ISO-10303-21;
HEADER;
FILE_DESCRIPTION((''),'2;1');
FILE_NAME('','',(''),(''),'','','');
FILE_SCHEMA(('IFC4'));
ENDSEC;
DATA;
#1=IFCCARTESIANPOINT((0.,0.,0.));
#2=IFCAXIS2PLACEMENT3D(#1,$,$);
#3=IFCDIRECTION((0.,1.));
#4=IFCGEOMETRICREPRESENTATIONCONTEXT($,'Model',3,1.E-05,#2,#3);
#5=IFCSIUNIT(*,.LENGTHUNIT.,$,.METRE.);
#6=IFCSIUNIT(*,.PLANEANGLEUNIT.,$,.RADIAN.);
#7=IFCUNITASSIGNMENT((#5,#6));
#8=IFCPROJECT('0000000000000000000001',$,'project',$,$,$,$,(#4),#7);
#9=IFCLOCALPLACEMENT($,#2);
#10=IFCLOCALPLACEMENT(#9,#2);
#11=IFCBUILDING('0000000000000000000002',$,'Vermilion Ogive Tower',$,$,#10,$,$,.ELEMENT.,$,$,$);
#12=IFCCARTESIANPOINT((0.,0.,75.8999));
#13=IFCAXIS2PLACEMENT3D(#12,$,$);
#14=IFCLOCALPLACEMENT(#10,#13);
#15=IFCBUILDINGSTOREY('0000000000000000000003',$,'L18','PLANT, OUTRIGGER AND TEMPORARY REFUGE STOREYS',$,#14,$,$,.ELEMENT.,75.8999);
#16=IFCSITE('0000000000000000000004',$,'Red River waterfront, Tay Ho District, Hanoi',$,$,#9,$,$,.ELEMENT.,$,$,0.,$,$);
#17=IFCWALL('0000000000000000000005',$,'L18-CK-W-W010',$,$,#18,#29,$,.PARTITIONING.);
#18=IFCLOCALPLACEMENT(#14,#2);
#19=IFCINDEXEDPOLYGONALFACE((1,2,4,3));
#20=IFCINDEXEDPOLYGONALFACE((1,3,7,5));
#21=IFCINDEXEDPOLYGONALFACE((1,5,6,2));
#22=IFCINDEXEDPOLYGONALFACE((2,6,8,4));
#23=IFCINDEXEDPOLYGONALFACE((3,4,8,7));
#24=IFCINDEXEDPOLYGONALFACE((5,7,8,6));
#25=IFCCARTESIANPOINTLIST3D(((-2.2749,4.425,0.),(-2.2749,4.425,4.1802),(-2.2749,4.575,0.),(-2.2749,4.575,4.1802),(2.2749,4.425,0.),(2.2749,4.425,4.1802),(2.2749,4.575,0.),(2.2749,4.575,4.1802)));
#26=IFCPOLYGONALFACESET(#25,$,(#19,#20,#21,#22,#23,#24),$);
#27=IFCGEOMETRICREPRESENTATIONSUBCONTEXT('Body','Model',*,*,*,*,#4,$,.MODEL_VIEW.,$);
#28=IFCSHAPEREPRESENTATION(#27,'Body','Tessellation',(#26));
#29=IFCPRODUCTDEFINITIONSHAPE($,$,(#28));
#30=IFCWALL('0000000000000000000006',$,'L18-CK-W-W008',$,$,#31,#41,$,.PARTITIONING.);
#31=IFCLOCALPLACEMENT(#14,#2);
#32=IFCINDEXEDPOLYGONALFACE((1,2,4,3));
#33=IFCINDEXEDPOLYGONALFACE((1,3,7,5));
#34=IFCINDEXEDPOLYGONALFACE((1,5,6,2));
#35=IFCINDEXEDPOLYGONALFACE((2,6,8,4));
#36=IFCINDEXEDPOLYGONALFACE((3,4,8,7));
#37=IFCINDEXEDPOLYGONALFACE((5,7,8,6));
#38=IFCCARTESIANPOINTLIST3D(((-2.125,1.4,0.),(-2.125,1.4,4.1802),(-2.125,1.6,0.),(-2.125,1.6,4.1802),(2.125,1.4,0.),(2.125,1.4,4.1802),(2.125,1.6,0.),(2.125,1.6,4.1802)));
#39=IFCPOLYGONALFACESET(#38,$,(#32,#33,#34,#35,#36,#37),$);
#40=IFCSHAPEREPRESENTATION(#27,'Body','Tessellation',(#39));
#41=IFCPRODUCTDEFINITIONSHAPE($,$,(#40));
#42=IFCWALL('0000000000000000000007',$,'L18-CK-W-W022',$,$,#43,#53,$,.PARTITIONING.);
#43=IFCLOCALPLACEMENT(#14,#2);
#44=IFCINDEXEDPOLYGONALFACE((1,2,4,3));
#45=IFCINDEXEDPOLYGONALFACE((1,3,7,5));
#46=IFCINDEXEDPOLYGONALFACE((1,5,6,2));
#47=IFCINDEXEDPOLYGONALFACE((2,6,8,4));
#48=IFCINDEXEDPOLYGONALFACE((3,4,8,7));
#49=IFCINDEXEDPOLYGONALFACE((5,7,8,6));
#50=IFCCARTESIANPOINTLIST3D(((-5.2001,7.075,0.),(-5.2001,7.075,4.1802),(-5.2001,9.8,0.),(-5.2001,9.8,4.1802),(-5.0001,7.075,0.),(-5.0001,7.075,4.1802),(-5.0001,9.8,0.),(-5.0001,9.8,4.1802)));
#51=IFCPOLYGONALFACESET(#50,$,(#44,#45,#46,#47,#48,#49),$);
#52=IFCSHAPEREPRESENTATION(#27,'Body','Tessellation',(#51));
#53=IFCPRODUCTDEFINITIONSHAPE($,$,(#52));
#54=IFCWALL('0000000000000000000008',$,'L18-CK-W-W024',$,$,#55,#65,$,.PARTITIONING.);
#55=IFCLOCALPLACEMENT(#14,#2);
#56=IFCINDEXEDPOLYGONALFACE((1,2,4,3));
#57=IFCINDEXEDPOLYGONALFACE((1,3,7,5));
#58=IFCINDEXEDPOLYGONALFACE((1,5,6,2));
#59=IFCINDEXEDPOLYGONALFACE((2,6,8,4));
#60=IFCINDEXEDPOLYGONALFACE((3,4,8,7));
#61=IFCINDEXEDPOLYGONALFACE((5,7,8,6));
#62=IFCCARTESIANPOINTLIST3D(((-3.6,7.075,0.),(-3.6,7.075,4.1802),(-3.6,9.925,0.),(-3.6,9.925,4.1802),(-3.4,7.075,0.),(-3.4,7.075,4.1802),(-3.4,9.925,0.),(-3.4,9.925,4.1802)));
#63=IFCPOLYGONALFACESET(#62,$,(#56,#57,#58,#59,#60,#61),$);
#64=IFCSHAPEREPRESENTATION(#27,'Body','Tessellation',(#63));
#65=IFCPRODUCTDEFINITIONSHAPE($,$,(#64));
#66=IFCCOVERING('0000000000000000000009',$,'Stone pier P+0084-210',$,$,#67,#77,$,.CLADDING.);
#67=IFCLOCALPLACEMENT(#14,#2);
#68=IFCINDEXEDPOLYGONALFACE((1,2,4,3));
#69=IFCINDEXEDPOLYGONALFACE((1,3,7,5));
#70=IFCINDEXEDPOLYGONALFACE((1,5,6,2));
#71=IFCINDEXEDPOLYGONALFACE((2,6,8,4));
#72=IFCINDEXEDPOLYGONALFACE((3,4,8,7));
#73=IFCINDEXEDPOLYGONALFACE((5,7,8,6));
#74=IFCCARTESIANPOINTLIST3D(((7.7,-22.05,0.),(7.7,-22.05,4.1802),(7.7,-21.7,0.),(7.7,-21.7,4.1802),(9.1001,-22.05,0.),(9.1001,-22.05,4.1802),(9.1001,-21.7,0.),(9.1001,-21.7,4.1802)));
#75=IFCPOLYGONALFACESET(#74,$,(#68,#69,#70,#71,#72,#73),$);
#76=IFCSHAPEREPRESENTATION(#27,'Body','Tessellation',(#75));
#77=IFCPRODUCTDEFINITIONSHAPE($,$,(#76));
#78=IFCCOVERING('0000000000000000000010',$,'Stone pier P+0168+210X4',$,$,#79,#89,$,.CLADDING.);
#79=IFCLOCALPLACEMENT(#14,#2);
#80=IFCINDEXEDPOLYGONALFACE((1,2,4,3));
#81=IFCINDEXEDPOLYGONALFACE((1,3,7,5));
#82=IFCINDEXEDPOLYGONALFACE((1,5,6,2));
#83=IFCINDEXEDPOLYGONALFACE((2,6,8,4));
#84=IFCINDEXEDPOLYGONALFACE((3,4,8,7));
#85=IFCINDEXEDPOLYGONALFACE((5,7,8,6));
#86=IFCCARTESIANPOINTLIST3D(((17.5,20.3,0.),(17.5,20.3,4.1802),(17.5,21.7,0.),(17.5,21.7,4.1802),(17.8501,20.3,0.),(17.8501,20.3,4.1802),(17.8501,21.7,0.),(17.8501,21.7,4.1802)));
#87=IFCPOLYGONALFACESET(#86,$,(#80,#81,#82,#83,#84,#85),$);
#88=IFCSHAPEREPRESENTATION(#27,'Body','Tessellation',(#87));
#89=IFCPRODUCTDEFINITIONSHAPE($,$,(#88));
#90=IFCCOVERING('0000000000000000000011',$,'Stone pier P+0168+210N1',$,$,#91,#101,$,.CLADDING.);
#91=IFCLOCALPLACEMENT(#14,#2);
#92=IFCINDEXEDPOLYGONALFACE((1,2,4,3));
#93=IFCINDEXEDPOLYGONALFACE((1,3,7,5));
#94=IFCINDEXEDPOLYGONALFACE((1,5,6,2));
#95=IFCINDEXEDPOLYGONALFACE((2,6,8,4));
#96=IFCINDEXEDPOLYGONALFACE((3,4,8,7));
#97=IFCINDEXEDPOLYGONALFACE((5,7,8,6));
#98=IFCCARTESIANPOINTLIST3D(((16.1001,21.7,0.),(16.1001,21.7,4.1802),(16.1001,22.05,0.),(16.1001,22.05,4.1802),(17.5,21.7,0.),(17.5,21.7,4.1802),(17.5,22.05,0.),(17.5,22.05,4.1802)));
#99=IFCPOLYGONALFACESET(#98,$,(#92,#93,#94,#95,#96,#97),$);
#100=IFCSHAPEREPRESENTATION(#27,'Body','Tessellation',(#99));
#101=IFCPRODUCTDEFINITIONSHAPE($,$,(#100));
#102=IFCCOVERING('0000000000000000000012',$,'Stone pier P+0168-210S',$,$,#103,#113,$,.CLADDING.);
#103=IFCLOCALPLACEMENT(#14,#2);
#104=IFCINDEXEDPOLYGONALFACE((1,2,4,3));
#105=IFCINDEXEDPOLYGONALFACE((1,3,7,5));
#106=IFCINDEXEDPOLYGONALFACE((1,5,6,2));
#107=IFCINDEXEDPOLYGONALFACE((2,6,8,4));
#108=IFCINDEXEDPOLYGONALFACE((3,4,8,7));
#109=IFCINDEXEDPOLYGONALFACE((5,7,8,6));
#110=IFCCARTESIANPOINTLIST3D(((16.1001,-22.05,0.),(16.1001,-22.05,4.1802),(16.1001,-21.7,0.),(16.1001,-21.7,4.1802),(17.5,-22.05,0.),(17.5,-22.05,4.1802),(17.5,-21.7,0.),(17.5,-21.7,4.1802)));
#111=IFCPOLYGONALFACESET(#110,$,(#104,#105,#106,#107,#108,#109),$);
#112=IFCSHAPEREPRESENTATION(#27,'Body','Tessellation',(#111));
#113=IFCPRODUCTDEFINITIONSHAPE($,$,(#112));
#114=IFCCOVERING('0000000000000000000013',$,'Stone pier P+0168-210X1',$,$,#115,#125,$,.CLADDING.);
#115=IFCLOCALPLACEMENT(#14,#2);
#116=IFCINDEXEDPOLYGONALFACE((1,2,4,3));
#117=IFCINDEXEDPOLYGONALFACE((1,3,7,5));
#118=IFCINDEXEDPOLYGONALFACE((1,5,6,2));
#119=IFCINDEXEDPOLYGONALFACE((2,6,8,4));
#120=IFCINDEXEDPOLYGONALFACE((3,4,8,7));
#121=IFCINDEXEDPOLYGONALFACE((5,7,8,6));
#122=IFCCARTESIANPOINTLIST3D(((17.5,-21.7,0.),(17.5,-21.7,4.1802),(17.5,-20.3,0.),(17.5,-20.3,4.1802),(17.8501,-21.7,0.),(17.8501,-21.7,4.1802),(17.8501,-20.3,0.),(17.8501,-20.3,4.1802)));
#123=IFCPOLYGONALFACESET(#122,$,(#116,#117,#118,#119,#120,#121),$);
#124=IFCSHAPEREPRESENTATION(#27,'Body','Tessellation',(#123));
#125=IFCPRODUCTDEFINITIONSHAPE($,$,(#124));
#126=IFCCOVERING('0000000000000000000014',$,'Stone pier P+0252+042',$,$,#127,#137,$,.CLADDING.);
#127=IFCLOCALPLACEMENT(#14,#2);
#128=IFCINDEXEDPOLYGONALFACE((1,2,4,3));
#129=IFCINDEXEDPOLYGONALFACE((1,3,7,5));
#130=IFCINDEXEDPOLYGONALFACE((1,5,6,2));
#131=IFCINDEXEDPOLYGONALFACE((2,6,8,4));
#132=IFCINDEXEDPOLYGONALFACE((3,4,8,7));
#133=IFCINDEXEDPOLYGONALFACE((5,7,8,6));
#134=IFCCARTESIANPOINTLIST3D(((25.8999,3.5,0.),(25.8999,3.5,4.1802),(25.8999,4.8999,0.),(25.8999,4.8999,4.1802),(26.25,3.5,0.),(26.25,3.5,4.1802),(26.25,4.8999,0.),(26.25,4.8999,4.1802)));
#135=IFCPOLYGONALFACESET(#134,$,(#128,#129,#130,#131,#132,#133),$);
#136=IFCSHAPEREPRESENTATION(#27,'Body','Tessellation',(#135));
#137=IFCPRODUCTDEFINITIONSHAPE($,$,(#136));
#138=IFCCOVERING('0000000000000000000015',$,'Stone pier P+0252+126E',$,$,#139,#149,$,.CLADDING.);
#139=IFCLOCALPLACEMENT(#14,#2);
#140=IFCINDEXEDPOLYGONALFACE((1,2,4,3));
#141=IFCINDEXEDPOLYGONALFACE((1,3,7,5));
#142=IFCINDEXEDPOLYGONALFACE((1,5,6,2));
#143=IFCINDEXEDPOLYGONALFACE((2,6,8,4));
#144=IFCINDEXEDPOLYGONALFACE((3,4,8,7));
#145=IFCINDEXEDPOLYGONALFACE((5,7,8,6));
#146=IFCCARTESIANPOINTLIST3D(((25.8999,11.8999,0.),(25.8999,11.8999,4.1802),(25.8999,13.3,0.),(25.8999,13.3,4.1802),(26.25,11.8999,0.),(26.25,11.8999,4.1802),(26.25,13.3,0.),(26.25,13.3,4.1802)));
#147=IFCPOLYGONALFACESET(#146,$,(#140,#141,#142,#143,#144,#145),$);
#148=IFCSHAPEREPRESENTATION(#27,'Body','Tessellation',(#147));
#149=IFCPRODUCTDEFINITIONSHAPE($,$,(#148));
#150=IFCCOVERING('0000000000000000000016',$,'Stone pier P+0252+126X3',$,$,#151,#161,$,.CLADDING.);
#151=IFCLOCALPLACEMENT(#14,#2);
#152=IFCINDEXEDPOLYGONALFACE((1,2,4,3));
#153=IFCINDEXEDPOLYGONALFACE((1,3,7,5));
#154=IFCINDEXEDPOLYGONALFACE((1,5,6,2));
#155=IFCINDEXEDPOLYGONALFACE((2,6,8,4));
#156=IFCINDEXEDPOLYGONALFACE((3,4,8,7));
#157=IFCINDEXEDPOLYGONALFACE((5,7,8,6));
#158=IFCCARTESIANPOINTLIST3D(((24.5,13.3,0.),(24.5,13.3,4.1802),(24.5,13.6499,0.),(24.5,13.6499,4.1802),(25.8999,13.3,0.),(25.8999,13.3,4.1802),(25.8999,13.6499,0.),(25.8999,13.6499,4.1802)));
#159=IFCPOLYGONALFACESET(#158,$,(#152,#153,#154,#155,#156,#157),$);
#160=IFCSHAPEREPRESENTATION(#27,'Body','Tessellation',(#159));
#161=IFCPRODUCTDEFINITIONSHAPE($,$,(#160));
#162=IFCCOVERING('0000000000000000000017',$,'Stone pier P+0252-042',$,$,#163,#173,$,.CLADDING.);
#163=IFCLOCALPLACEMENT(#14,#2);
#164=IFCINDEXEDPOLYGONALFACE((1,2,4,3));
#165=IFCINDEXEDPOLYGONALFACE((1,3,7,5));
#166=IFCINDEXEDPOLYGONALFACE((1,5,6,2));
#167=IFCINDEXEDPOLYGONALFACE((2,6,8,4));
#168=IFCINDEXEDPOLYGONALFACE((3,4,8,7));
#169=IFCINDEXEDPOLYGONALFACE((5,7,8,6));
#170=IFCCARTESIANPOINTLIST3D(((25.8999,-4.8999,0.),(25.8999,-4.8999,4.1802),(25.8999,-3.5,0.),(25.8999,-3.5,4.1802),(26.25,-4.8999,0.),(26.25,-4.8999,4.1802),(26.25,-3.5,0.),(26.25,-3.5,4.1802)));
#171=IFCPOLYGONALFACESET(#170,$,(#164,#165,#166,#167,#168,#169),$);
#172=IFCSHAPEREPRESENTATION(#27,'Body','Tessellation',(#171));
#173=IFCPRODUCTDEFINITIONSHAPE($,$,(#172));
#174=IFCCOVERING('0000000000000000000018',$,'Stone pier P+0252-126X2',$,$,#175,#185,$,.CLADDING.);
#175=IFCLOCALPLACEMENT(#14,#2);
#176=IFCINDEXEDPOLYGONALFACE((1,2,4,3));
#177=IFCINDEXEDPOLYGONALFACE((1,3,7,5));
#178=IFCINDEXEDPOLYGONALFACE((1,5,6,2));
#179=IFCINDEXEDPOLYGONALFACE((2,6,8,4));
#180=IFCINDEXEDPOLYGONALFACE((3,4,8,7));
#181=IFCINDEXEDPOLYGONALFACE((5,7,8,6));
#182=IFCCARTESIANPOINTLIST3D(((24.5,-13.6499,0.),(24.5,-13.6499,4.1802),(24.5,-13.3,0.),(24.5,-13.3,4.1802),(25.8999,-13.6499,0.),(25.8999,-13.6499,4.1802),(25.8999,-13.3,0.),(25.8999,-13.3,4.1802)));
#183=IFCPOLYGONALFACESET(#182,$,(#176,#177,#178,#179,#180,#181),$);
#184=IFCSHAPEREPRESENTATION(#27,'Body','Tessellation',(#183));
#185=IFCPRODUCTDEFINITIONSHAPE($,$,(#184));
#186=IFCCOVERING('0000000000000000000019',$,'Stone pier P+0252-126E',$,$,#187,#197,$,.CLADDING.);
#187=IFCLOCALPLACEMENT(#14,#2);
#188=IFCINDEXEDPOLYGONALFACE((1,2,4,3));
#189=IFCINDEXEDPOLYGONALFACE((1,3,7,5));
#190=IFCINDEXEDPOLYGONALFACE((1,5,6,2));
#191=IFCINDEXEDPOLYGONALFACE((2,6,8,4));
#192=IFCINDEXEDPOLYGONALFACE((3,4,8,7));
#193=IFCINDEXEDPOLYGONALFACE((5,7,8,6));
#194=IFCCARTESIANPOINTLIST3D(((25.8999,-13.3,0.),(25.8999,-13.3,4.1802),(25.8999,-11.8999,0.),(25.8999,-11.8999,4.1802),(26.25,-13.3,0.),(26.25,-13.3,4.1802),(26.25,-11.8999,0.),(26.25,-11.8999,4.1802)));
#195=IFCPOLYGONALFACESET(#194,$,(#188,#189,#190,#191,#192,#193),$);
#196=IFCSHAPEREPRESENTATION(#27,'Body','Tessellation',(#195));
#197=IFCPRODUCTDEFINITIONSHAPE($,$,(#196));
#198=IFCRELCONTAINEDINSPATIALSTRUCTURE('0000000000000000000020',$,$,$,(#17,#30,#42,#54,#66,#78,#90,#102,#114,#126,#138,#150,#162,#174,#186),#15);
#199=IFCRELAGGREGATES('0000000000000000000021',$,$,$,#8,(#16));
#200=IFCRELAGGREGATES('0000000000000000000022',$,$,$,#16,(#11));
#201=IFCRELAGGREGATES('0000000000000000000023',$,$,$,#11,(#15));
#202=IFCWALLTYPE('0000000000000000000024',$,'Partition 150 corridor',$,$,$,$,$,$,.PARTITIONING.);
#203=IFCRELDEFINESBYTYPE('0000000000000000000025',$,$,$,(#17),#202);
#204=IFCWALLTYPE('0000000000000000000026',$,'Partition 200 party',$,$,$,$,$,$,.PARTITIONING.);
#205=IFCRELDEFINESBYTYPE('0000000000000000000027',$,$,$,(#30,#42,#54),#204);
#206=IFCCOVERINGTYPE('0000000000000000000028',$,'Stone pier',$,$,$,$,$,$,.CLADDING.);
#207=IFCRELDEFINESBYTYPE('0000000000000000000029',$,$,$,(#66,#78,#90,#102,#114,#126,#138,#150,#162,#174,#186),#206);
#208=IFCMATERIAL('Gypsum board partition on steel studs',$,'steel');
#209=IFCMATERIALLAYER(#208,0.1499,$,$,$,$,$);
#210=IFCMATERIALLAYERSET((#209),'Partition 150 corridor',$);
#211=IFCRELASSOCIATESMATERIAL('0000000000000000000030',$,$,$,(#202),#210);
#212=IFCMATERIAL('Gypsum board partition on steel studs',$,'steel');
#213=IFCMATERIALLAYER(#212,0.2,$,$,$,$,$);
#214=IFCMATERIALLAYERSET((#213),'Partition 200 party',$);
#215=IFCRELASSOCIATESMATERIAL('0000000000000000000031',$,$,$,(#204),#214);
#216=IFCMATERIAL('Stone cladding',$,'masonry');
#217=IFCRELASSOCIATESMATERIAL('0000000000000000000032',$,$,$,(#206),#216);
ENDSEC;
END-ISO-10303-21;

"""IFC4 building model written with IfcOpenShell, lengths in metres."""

from ifc_helpers import new_model, si_unit, direction, frame, frame_2d, origin, place, context, subcontext, project, spatial, polyline, rectangle, outline, extrude, material, layer, layer_set, type_object, element, save


model = new_model("IFC4")

# Units and contexts
model_context = context("Model", 3, precision=1e-05, world=origin(), true_north=direction((0.0, 1.0)))
body_context = subcontext(model_context, "Body", "Model", "MODEL_VIEW")
ifc_project = project(units=[si_unit("LENGTHUNIT", "METRE"), si_unit("PLANEANGLEUNIT", "RADIAN")], contexts=[model_context])

# Site, building, storey
site_placement = place(None, origin())
site = spatial("IfcSite", under=ifc_project, at=site_placement, Name="Red River waterfront, Tay Ho District, Hanoi", CompositionType="ELEMENT", RefElevation=0.0)
building_placement = place(site_placement, origin())
building = spatial("IfcBuilding", under=site, at=building_placement, Name="Vermilion Ogive Tower", CompositionType="ELEMENT")
storey_placement = place(building_placement, frame((0.0, 0.0, 75.8999)))
storey = spatial("IfcBuildingStorey", under=building, at=storey_placement, Name="L18", Description="PLANT, OUTRIGGER AND TEMPORARY REFUGE STOREYS", CompositionType="ELEMENT", Elevation=75.8999)

# Walls
ifc_material_1 = material(Name="Gypsum board partition on steel studs", Category="steel")
ifc_layer_1 = layer(ifc_material_1, 0.1499)
ifc_layer_set_1 = layer_set([ifc_layer_1], Name="Partition 150 corridor")
wall_type_1 = type_object("IfcWallType", Name="Partition 150 corridor", PredefinedType="PARTITIONING", material=ifc_layer_set_1)
wall_1_placement = place(storey_placement, frame((-2.2749, 4.5, 0.0), z_axis=(0.0, 0.0, 1.0), x_axis=(1.0, 0.0, 0.0)))
element("IfcWall", 1, at=wall_1_placement, inside=storey, type_object=wall_type_1, Name="L18-CK-W-W010", PredefinedType="PARTITIONING", context=body_context, shape_type="SweptSolid", body=[
    extrude(rectangle(XDim=4.5498, YDim=0.1499, at=frame_2d((2.2749, 0.0))), origin(), (0.0, 0.0, 1.0), 4.1802),
])
ifc_material_2 = material(Name="Gypsum board partition on steel studs", Category="steel")
ifc_layer_2 = layer(ifc_material_2, 0.2)
ifc_layer_set_2 = layer_set([ifc_layer_2], Name="Partition 200 party")
wall_type_2 = type_object("IfcWallType", Name="Partition 200 party", PredefinedType="PARTITIONING", material=ifc_layer_set_2)
wall_2_placement = place(storey_placement, frame((-2.125, 1.5, 0.0), z_axis=(0.0, 0.0, 1.0), x_axis=(1.0, 0.0, 0.0)))
element("IfcWall", 2, at=wall_2_placement, inside=storey, type_object=wall_type_2, Name="L18-CK-W-W008", PredefinedType="PARTITIONING", context=body_context, shape_type="SweptSolid", body=[
    extrude(rectangle(XDim=4.25, YDim=0.2, at=frame_2d((2.125, 0.0))), origin(), (0.0, 0.0, 1.0), 4.1802),
])
wall_3_placement = place(storey_placement, frame((-5.1001, 7.075, 0.0), z_axis=(0.0, 0.0, 1.0), x_axis=(0.0, 1.0, 0.0)))
element("IfcWall", 3, at=wall_3_placement, inside=storey, type_object=wall_type_2, Name="L18-CK-W-W022", PredefinedType="PARTITIONING", context=body_context, shape_type="SweptSolid", body=[
    extrude(rectangle(XDim=2.7251, YDim=0.2, at=frame_2d((1.3625, 0.0))), origin(), (0.0, 0.0, 1.0), 4.1802),
])
wall_4_placement = place(storey_placement, frame((-3.5, 7.075, 0.0), z_axis=(0.0, 0.0, 1.0), x_axis=(0.0, 1.0, 0.0)))
element("IfcWall", 4, at=wall_4_placement, inside=storey, type_object=wall_type_2, Name="L18-CK-W-W024", PredefinedType="PARTITIONING", context=body_context, shape_type="SweptSolid", body=[
    extrude(rectangle(XDim=2.8501, YDim=0.2, at=frame_2d((1.425, 0.0))), origin(), (0.0, 0.0, 1.0), 4.1802),
])

# Coverings
ifc_material_3 = material(Name="Stone cladding", Category="masonry")
covering_type = type_object("IfcCoveringType", Name="Stone pier", PredefinedType="CLADDING", material=ifc_material_3)
covering_1_placement = place(storey_placement, origin())
element("IfcCovering", 5, at=covering_1_placement, inside=storey, type_object=covering_type, Name="Stone pier P+0084-210", PredefinedType="CLADDING", context=body_context, shape_type="SweptSolid", body=[
    extrude(outline(polyline([(9.1001, -21.7), (9.1001, -22.05), (7.7, -22.05), (7.7, -21.7), (9.1001, -21.7), (9.1001, -21.7)])), origin(), (0.0, 0.0, 1.0), 4.1802),
])
covering_2_placement = place(storey_placement, origin())
element("IfcCovering", 6, at=covering_2_placement, inside=storey, type_object=covering_type, Name="Stone pier P+0168+210X4", PredefinedType="CLADDING", context=body_context, shape_type="SweptSolid", body=[
    extrude(outline(polyline([(17.8501, 21.7), (17.8501, 20.3), (17.5, 20.3), (17.5, 21.7), (17.8501, 21.7)])), origin(), (0.0, 0.0, 1.0), 4.1802),
])
covering_3_placement = place(storey_placement, origin())
element("IfcCovering", 7, at=covering_3_placement, inside=storey, type_object=covering_type, Name="Stone pier P+0168+210N1", PredefinedType="CLADDING", context=body_context, shape_type="SweptSolid", body=[
    extrude(outline(polyline([(17.5, 22.05), (17.5, 21.7), (16.1001, 21.7), (16.1001, 22.05), (17.5, 22.05)])), origin(), (0.0, 0.0, 1.0), 4.1802),
])
covering_4_placement = place(storey_placement, origin())
element("IfcCovering", 8, at=covering_4_placement, inside=storey, type_object=covering_type, Name="Stone pier P+0168-210S", PredefinedType="CLADDING", context=body_context, shape_type="SweptSolid", body=[
    extrude(outline(polyline([(17.5, -21.7), (17.5, -21.7), (17.5, -22.05), (16.1001, -22.05), (16.1001, -21.7), (16.1001, -21.7), (17.5, -21.7)])), origin(), (0.0, 0.0, 1.0), 4.1802),
])
covering_5_placement = place(storey_placement, origin())
element("IfcCovering", 9, at=covering_5_placement, inside=storey, type_object=covering_type, Name="Stone pier P+0168-210X1", PredefinedType="CLADDING", context=body_context, shape_type="SweptSolid", body=[
    extrude(outline(polyline([(17.8501, -21.7), (17.5, -21.7), (17.5, -21.7), (17.5, -20.3), (17.8501, -20.3), (17.8501, -21.7)])), origin(), (0.0, 0.0, 1.0), 4.1802),
])
covering_6_placement = place(storey_placement, origin())
element("IfcCovering", 10, at=covering_6_placement, inside=storey, type_object=covering_type, Name="Stone pier P+0252+042", PredefinedType="CLADDING", context=body_context, shape_type="SweptSolid", body=[
    extrude(outline(polyline([(26.25, 4.8999), (26.25, 3.5), (25.8999, 3.5), (25.8999, 4.8999), (26.25, 4.8999)])), origin(), (0.0, 0.0, 1.0), 4.1802),
])
covering_7_placement = place(storey_placement, origin())
element("IfcCovering", 11, at=covering_7_placement, inside=storey, type_object=covering_type, Name="Stone pier P+0252+126E", PredefinedType="CLADDING", context=body_context, shape_type="SweptSolid", body=[
    extrude(outline(polyline([(26.25, 13.3), (26.25, 11.8999), (25.8999, 11.8999), (25.8999, 13.3), (26.25, 13.3)])), origin(), (0.0, 0.0, 1.0), 4.1802),
])
covering_8_placement = place(storey_placement, origin())
element("IfcCovering", 12, at=covering_8_placement, inside=storey, type_object=covering_type, Name="Stone pier P+0252+126X3", PredefinedType="CLADDING", context=body_context, shape_type="SweptSolid", body=[
    extrude(outline(polyline([(25.8999, 13.6499), (25.8999, 13.3), (24.5, 13.3), (24.5, 13.6499), (25.8999, 13.6499)])), origin(), (0.0, 0.0, 1.0), 4.1802),
])
covering_9_placement = place(storey_placement, origin())
element("IfcCovering", 13, at=covering_9_placement, inside=storey, type_object=covering_type, Name="Stone pier P+0252-042", PredefinedType="CLADDING", context=body_context, shape_type="SweptSolid", body=[
    extrude(outline(polyline([(26.25, -3.5), (26.25, -4.8999), (25.8999, -4.8999), (25.8999, -3.5), (26.25, -3.5)])), origin(), (0.0, 0.0, 1.0), 4.1802),
])
covering_10_placement = place(storey_placement, origin())
element("IfcCovering", 14, at=covering_10_placement, inside=storey, type_object=covering_type, Name="Stone pier P+0252-126X2", PredefinedType="CLADDING", context=body_context, shape_type="SweptSolid", body=[
    extrude(outline(polyline([(25.8999, -13.3), (25.8999, -13.6499), (24.5, -13.6499), (24.5, -13.3), (24.5, -13.3), (25.8999, -13.3)])), origin(), (0.0, 0.0, 1.0), 4.1802),
])
covering_11_placement = place(storey_placement, origin())
element("IfcCovering", 15, at=covering_11_placement, inside=storey, type_object=covering_type, Name="Stone pier P+0252-126E", PredefinedType="CLADDING", context=body_context, shape_type="SweptSolid", body=[
    extrude(outline(polyline([(26.25, -13.3), (25.8999, -13.3), (25.8999, -11.8999), (26.25, -11.8999), (26.25, -13.3)])), origin(), (0.0, 0.0, 1.0), 4.1802),
])

save(model, "model.ifc")
